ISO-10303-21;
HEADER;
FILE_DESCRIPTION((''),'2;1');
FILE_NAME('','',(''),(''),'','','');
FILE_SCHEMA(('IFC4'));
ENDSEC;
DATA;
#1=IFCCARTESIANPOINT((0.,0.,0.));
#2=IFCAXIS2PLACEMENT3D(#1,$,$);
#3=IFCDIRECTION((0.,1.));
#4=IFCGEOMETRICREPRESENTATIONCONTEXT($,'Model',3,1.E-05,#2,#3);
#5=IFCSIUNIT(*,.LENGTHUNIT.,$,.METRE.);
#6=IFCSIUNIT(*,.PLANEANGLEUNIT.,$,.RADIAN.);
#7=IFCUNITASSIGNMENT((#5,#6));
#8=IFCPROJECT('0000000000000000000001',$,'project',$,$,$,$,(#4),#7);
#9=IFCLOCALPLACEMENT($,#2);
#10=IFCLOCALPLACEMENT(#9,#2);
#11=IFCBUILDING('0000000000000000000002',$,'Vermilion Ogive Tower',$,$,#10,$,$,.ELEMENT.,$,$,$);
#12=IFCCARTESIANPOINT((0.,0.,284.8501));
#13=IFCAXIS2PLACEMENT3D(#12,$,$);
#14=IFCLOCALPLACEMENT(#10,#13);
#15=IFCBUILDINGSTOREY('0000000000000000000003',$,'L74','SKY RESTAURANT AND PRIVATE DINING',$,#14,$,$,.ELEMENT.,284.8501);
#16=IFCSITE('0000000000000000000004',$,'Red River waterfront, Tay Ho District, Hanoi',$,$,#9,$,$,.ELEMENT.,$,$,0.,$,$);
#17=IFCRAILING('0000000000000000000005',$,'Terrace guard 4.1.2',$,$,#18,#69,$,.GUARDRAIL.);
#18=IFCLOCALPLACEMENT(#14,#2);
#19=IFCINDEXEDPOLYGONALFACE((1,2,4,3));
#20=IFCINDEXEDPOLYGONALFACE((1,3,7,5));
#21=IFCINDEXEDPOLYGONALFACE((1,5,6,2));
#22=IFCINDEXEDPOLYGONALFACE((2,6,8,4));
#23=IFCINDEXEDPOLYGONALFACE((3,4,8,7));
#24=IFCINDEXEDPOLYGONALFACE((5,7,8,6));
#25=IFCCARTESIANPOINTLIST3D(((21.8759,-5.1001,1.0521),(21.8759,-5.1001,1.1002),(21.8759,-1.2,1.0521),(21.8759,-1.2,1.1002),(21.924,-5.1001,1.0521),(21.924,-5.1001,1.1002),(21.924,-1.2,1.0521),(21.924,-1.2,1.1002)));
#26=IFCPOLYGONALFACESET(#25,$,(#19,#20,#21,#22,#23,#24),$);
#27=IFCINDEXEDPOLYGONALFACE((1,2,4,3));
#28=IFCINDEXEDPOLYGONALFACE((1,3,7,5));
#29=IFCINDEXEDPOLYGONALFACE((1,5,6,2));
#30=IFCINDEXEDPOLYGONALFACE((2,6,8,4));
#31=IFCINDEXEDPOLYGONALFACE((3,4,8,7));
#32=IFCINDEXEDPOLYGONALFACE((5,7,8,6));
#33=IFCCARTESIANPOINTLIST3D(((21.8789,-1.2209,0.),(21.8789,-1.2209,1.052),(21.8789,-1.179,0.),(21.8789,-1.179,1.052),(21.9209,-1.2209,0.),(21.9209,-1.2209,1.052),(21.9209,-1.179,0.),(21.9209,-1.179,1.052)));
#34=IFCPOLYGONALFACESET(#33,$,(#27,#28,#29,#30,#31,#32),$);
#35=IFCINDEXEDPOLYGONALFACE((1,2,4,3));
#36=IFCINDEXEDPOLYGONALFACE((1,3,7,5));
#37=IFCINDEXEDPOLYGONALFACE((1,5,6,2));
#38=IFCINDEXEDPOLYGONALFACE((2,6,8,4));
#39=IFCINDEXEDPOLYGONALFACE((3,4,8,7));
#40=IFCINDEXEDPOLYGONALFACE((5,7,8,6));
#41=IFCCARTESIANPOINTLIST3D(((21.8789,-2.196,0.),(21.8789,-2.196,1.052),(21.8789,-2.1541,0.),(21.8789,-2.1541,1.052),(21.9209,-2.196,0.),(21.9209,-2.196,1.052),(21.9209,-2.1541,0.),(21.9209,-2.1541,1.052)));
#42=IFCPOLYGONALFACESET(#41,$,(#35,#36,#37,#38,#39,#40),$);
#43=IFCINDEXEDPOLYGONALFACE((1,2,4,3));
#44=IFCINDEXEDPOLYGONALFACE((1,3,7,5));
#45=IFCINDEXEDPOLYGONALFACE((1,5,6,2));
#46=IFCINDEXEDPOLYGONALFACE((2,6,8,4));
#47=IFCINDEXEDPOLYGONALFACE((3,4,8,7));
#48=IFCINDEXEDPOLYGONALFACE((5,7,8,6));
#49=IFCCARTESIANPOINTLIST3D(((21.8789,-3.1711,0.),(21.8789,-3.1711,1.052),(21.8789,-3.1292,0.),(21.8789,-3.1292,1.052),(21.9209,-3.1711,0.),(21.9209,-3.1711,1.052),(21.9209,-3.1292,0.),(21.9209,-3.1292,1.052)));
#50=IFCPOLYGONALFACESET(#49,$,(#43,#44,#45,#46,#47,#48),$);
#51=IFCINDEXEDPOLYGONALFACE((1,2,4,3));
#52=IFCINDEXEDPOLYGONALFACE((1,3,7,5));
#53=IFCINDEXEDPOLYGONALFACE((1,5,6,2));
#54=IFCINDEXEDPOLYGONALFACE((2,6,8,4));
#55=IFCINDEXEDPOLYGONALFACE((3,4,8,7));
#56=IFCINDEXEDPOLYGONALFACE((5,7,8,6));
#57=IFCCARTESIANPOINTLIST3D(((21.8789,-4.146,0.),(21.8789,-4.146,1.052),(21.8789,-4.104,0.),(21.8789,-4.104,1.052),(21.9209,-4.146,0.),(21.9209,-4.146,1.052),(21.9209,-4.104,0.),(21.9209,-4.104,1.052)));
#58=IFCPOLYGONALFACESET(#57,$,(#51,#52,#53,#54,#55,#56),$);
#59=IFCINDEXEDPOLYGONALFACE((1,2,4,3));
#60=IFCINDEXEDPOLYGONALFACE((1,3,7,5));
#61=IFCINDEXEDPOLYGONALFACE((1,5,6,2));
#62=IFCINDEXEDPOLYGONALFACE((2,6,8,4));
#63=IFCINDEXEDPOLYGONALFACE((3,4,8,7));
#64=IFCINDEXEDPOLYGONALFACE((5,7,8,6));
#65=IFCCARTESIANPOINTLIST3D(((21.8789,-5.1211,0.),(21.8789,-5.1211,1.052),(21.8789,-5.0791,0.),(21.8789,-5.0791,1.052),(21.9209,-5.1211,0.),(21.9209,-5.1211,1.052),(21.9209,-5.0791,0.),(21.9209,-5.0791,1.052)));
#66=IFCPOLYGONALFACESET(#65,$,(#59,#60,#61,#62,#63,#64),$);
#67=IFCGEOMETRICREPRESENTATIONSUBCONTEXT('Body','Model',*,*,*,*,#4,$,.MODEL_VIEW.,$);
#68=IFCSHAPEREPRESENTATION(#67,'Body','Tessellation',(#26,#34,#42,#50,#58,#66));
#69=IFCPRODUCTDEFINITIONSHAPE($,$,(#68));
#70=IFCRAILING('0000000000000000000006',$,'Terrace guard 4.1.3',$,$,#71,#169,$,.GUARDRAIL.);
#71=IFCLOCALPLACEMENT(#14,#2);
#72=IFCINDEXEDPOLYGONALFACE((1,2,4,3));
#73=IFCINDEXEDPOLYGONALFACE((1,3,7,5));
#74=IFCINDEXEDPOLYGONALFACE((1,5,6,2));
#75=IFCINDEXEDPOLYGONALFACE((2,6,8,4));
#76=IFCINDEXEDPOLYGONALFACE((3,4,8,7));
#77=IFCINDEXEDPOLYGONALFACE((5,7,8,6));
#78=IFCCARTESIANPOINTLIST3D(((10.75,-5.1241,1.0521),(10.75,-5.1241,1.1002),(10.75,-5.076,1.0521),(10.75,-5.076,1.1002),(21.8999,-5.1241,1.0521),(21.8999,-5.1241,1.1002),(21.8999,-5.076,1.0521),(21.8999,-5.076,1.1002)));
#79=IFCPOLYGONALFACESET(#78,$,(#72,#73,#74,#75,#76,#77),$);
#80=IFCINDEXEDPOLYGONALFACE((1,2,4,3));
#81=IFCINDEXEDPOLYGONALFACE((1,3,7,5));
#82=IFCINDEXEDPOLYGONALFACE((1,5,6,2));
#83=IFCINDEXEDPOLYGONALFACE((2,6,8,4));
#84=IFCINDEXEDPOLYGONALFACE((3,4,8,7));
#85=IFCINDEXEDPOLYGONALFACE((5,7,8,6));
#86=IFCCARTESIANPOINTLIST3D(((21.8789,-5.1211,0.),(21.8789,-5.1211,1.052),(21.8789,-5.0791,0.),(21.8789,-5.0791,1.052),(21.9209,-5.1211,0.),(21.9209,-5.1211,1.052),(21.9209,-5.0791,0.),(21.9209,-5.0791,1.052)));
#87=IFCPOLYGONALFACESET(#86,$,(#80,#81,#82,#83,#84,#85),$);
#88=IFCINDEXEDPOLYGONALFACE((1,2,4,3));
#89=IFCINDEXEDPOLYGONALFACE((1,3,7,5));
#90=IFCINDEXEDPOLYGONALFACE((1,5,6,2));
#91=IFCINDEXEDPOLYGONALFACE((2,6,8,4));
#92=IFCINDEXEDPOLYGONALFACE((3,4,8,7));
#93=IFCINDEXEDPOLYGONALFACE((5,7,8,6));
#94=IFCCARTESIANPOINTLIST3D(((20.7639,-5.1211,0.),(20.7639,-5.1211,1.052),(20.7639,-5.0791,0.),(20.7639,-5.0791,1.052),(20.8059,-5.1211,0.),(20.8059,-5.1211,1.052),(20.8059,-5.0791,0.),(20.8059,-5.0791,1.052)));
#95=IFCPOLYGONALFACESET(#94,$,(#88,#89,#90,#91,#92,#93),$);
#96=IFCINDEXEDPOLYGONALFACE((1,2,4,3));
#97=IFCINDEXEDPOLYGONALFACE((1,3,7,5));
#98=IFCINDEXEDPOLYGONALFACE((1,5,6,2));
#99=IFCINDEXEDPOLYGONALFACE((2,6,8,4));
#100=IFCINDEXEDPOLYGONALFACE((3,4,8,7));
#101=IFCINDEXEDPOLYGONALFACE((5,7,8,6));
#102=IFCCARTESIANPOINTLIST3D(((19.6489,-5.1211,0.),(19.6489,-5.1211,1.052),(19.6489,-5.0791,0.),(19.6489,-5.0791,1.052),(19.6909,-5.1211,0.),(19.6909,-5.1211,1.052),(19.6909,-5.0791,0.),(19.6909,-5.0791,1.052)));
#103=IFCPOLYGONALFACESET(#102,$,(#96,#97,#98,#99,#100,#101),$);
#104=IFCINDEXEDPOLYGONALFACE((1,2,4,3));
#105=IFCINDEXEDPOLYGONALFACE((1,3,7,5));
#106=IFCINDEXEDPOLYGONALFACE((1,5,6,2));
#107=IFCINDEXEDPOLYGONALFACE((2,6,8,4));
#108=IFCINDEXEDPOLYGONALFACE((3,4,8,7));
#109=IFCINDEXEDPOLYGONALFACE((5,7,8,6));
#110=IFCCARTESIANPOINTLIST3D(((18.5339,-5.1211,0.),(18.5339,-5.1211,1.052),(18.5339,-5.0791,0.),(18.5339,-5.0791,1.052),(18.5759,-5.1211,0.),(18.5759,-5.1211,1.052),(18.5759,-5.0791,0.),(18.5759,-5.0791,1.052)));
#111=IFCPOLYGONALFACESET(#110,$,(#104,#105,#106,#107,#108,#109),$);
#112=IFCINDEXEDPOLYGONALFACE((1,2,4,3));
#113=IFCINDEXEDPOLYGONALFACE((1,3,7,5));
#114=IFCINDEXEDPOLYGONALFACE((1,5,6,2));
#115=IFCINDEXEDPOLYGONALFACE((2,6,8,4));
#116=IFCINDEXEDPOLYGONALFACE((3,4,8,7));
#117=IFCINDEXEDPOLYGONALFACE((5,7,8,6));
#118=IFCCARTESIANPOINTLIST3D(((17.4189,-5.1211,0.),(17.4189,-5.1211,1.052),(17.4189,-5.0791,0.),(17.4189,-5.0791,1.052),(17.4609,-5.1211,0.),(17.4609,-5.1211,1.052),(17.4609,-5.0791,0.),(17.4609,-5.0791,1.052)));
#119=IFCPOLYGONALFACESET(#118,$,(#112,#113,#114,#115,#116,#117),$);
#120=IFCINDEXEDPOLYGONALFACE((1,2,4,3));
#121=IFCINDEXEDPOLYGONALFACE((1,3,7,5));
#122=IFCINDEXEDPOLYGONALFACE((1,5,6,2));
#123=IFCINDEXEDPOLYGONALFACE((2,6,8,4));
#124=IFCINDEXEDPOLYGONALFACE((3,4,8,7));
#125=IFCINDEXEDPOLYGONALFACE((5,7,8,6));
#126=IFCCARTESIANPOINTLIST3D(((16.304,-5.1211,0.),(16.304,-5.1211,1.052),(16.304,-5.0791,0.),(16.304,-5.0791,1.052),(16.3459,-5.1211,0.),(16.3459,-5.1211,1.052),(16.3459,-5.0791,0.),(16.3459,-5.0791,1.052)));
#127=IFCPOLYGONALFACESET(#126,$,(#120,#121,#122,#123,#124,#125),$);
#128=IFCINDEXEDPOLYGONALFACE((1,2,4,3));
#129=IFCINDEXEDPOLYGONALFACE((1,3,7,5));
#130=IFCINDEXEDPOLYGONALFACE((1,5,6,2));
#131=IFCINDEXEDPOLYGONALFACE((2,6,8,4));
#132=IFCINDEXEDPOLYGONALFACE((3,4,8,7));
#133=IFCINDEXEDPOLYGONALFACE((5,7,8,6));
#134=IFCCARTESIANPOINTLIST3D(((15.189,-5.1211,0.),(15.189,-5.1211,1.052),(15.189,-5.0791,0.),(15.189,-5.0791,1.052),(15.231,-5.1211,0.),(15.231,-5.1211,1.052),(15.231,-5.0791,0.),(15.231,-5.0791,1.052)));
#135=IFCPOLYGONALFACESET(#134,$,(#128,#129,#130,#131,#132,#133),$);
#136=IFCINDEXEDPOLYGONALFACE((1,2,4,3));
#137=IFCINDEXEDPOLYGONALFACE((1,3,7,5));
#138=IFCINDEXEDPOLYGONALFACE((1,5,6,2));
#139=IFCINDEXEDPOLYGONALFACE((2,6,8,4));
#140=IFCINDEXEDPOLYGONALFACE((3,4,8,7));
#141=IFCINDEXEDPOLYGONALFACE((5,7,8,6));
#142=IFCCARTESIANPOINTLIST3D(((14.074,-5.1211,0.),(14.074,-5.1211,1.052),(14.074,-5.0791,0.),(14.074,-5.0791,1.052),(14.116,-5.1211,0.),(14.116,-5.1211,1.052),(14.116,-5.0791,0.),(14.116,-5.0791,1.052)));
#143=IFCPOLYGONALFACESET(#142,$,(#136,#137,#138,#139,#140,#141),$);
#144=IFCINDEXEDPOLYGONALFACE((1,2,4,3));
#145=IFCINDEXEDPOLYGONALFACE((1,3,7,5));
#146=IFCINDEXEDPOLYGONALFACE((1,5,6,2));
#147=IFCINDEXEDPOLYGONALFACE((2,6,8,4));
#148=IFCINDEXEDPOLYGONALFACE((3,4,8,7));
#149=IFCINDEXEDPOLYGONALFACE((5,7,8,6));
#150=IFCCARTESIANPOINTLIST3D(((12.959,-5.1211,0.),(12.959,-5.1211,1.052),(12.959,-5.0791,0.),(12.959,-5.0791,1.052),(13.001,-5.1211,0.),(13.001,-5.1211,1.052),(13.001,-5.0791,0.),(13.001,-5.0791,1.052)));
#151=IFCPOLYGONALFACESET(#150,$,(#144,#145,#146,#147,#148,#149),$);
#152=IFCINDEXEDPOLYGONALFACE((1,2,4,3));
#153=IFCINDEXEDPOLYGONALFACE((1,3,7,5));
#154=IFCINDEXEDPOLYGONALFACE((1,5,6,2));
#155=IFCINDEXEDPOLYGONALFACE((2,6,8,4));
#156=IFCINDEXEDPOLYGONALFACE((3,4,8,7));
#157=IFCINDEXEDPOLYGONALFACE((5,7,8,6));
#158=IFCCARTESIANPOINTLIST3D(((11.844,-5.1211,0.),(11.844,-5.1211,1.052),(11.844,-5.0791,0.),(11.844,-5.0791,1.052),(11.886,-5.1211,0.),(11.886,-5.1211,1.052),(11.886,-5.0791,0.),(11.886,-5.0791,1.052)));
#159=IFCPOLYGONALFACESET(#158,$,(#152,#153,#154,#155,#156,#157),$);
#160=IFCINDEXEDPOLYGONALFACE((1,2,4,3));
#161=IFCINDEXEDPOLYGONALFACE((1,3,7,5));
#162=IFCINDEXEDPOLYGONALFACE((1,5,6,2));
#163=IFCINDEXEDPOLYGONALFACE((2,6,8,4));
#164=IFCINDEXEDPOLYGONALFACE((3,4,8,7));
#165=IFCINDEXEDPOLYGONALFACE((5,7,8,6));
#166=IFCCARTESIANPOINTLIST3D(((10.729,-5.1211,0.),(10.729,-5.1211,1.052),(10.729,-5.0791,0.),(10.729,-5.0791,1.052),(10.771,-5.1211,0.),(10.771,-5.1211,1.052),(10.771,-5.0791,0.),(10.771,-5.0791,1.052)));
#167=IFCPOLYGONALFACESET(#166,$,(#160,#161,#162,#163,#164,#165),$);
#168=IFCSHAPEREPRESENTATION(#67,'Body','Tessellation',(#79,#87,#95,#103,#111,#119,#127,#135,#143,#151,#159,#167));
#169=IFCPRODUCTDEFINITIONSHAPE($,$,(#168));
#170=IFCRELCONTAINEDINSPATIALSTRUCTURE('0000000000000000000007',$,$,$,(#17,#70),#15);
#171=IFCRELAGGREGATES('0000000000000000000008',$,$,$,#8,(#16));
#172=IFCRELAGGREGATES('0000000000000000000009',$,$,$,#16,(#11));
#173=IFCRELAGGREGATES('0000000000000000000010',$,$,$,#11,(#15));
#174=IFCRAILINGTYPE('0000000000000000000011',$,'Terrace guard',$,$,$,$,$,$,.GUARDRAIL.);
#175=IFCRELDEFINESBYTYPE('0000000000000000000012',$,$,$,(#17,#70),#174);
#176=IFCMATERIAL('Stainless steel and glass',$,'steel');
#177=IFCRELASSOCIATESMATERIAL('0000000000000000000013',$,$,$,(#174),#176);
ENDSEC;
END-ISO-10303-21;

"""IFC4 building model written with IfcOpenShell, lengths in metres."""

from ifc_helpers import new_model, si_unit, direction, frame, origin, origin_2d, place, context, subcontext, project, spatial, rectangle, extrude, material, type_object, element, save


model = new_model("IFC4")

# Units and contexts
model_context = context("Model", 3, precision=1e-05, world=origin(), true_north=direction((0.0, 1.0)))
body_context = subcontext(model_context, "Body", "Model", "MODEL_VIEW")
ifc_project = project(units=[si_unit("LENGTHUNIT", "METRE"), si_unit("PLANEANGLEUNIT", "RADIAN")], contexts=[model_context])

# Site, building, storey
site_placement = place(None, origin())
site = spatial("IfcSite", under=ifc_project, at=site_placement, Name="Red River waterfront, Tay Ho District, Hanoi", CompositionType="ELEMENT", RefElevation=0.0)
building_placement = place(site_placement, origin())
building = spatial("IfcBuilding", under=site, at=building_placement, Name="Vermilion Ogive Tower", CompositionType="ELEMENT")
storey_placement = place(building_placement, frame((0.0, 0.0, 284.8501)))
storey = spatial("IfcBuildingStorey", under=building, at=storey_placement, Name="L74", Description="SKY RESTAURANT AND PRIVATE DINING", CompositionType="ELEMENT", Elevation=284.8501)

# Railings
ifc_material_1 = material(Name="Stainless steel and glass", Category="steel")
railing_type = type_object("IfcRailingType", Name="Terrace guard", PredefinedType="GUARDRAIL", material=ifc_material_1)
railing_1_placement = place(storey_placement, frame((21.8999, -1.2, 0.0)))
element("IfcRailing", 1, at=railing_1_placement, inside=storey, type_object=railing_type, Name="Terrace guard 4.1.2", PredefinedType="GUARDRAIL", context=body_context, shape_type="SweptSolid", body=[
    extrude(rectangle(XDim=0.0481, YDim=0.0481, at=origin_2d()), frame((0.0, 0.0, 1.0762), z_axis=(0.0, -1.0, 0.0), x_axis=(1.0, 0.0, 0.0)), (0.0, 0.0, 1.0), 3.9001),
    extrude(rectangle(XDim=0.042, YDim=0.042, at=origin_2d()), origin(), (0.0, 0.0, 1.0), 1.052),
    extrude(rectangle(XDim=0.042, YDim=0.042, at=origin_2d()), frame((0.0, -0.9751, 0.0)), (0.0, 0.0, 1.0), 1.052),
    extrude(rectangle(XDim=0.042, YDim=0.042, at=origin_2d()), frame((0.0, -1.9502, 0.0)), (0.0, 0.0, 1.0), 1.052),
    extrude(rectangle(XDim=0.042, YDim=0.042, at=origin_2d()), frame((0.0, -2.925, 0.0)), (0.0, 0.0, 1.0), 1.052),
    extrude(rectangle(XDim=0.042, YDim=0.042, at=origin_2d()), frame((0.0, -3.9001, 0.0)), (0.0, 0.0, 1.0), 1.052),
])
railing_2_placement = place(storey_placement, frame((21.8999, -5.1001, 0.0)))
element("IfcRailing", 2, at=railing_2_placement, inside=storey, type_object=railing_type, Name="Terrace guard 4.1.3", PredefinedType="GUARDRAIL", context=body_context, shape_type="SweptSolid", body=[
    extrude(rectangle(XDim=0.0481, YDim=0.0481, at=origin_2d()), frame((0.0, 0.0, 1.0762), z_axis=(-1.0, 0.0, 0.0), x_axis=(0.0, -1.0, 0.0)), (0.0, 0.0, 1.0), 11.1499),
    extrude(rectangle(XDim=0.042, YDim=0.042, at=origin_2d()), origin(), (0.0, 0.0, 1.0), 1.052),
    extrude(rectangle(XDim=0.042, YDim=0.042, at=origin_2d()), frame((-1.115, 0.0, 0.0)), (0.0, 0.0, 1.0), 1.052),
    extrude(rectangle(XDim=0.042, YDim=0.042, at=origin_2d()), frame((-2.23, 0.0, 0.0)), (0.0, 0.0, 1.0), 1.052),
    extrude(rectangle(XDim=0.042, YDim=0.042, at=origin_2d()), frame((-3.345, 0.0, 0.0)), (0.0, 0.0, 1.0), 1.052),
    extrude(rectangle(XDim=0.042, YDim=0.042, at=origin_2d()), frame((-4.46, 0.0, 0.0)), (0.0, 0.0, 1.0), 1.052),
    extrude(rectangle(XDim=0.042, YDim=0.042, at=origin_2d()), frame((-5.575, 0.0, 0.0)), (0.0, 0.0, 1.0), 1.052),
    extrude(rectangle(XDim=0.042, YDim=0.042, at=origin_2d()), frame((-6.6899, 0.0, 0.0)), (0.0, 0.0, 1.0), 1.052),
    extrude(rectangle(XDim=0.042, YDim=0.042, at=origin_2d()), frame((-7.8049, 0.0, 0.0)), (0.0, 0.0, 1.0), 1.052),
    extrude(rectangle(XDim=0.042, YDim=0.042, at=origin_2d()), frame((-8.9199, 0.0, 0.0)), (0.0, 0.0, 1.0), 1.052),
    extrude(rectangle(XDim=0.042, YDim=0.042, at=origin_2d()), frame((-10.0349, 0.0, 0.0)), (0.0, 0.0, 1.0), 1.052),
    extrude(rectangle(XDim=0.042, YDim=0.042, at=origin_2d()), frame((-11.1499, 0.0, 0.0)), (0.0, 0.0, 1.0), 1.052),
])

save(model, "model.ifc")
